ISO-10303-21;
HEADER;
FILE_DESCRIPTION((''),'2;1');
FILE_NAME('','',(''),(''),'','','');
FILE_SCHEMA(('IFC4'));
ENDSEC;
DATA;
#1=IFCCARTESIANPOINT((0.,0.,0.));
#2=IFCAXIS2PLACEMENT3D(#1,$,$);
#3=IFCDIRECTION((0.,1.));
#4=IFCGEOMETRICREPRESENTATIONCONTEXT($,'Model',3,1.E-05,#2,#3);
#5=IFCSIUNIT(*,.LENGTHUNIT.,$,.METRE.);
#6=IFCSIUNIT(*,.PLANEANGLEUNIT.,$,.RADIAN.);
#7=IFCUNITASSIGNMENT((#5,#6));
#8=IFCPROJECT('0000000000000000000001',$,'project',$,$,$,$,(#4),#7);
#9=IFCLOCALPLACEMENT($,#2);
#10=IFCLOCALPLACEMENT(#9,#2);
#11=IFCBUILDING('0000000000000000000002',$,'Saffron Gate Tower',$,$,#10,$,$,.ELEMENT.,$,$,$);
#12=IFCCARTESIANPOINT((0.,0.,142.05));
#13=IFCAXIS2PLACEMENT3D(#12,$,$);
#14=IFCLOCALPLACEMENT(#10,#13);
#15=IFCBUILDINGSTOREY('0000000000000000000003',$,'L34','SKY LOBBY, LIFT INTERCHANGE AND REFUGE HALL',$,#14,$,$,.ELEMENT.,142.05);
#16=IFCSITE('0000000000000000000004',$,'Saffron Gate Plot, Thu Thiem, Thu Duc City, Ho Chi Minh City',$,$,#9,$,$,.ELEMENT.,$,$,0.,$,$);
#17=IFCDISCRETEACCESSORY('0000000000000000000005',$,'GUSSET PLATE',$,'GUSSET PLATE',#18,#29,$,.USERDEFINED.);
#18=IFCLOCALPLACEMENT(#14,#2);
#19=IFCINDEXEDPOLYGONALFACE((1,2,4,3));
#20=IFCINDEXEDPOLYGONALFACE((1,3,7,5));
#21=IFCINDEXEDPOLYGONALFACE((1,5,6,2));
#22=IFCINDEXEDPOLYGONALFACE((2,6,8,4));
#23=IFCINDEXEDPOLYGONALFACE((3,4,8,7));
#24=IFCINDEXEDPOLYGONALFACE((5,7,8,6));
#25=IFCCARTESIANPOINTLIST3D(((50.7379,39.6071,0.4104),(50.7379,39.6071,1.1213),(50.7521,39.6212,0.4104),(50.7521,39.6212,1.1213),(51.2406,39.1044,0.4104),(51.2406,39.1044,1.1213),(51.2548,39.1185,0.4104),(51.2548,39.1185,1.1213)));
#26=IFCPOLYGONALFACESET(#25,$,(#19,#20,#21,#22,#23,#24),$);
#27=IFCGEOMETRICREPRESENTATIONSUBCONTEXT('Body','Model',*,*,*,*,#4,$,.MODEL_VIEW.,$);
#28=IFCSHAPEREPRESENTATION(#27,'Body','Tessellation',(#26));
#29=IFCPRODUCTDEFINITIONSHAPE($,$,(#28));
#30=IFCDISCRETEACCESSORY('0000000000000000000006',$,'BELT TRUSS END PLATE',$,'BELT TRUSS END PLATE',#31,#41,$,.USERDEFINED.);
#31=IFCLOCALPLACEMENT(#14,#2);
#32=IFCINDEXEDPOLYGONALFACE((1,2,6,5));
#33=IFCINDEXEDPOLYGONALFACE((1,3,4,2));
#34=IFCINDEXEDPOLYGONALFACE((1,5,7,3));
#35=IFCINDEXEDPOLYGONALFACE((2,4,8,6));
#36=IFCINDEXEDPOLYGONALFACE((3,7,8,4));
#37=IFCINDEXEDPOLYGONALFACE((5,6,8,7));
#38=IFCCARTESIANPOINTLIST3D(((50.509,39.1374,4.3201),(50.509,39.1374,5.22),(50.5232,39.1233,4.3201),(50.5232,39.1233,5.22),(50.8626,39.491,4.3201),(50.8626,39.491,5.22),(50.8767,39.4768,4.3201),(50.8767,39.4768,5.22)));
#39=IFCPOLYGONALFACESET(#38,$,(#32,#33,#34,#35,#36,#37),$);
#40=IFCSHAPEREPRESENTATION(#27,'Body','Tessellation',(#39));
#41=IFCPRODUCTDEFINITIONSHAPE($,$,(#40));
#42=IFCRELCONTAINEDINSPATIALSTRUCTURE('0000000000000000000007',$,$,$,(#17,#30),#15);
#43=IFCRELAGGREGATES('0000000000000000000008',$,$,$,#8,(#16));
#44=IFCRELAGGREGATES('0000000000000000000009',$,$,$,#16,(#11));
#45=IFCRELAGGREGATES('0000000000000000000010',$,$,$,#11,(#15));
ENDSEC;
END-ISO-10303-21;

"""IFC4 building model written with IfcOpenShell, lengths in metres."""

from ifc_helpers import new_model, si_unit, direction, frame, origin, origin_2d, place, context, subcontext, project, spatial, rectangle, extrude, element, save


model = new_model("IFC4")

# Units and contexts
model_context = context("Model", 3, precision=1e-05, world=origin(), true_north=direction((0.0, 1.0)))
body_context = subcontext(model_context, "Body", "Model", "MODEL_VIEW")
ifc_project = project(units=[si_unit("LENGTHUNIT", "METRE"), si_unit("PLANEANGLEUNIT", "RADIAN")], contexts=[model_context])

# Site, building, storey
site_placement = place(None, origin())
site = spatial("IfcSite", under=ifc_project, at=site_placement, Name="Saffron Gate Plot, Thu Thiem, Thu Duc City, Ho Chi Minh City", CompositionType="ELEMENT", RefElevation=0.0)
building_placement = place(site_placement, origin())
building = spatial("IfcBuilding", under=site, at=building_placement, Name="Saffron Gate Tower", CompositionType="ELEMENT")
storey_placement = place(building_placement, frame((0.0, 0.0, 142.05)))
storey = spatial("IfcBuildingStorey", under=building, at=storey_placement, Name="L34", Description="SKY LOBBY, LIFT INTERCHANGE AND REFUGE HALL", CompositionType="ELEMENT", Elevation=142.05)

# Discrete accessories
discrete_accessory_1_placement = place(storey_placement, frame((50.9963, 39.3628, 0.4104), z_axis=(0.0, 0.0, 1.0), x_axis=(0.707107, -0.707107, 0.0)))
element("IfcDiscreteAccessory", 1, at=discrete_accessory_1_placement, inside=storey, Name="GUSSET PLATE", ObjectType="GUSSET PLATE", PredefinedType="USERDEFINED", context=body_context, shape_type="SweptSolid", body=[
    extrude(rectangle(XDim=0.7109, YDim=0.02, at=origin_2d()), origin(), (0.0, 0.0, 1.0), 0.7109),
])
discrete_accessory_2_placement = place(storey_placement, frame((50.6929, 39.3071, 4.3201), z_axis=(0.0, 0.0, 1.0), x_axis=(-0.707107, 0.707107, 0.0)))
element("IfcDiscreteAccessory", 2, at=discrete_accessory_2_placement, inside=storey, Name="BELT TRUSS END PLATE", ObjectType="BELT TRUSS END PLATE", PredefinedType="USERDEFINED", context=body_context, shape_type="SweptSolid", body=[
    extrude(rectangle(XDim=0.02, YDim=0.5, at=origin_2d()), origin(), (0.0, 0.0, 1.0), 0.8999),
])

save(model, "model.ifc")
